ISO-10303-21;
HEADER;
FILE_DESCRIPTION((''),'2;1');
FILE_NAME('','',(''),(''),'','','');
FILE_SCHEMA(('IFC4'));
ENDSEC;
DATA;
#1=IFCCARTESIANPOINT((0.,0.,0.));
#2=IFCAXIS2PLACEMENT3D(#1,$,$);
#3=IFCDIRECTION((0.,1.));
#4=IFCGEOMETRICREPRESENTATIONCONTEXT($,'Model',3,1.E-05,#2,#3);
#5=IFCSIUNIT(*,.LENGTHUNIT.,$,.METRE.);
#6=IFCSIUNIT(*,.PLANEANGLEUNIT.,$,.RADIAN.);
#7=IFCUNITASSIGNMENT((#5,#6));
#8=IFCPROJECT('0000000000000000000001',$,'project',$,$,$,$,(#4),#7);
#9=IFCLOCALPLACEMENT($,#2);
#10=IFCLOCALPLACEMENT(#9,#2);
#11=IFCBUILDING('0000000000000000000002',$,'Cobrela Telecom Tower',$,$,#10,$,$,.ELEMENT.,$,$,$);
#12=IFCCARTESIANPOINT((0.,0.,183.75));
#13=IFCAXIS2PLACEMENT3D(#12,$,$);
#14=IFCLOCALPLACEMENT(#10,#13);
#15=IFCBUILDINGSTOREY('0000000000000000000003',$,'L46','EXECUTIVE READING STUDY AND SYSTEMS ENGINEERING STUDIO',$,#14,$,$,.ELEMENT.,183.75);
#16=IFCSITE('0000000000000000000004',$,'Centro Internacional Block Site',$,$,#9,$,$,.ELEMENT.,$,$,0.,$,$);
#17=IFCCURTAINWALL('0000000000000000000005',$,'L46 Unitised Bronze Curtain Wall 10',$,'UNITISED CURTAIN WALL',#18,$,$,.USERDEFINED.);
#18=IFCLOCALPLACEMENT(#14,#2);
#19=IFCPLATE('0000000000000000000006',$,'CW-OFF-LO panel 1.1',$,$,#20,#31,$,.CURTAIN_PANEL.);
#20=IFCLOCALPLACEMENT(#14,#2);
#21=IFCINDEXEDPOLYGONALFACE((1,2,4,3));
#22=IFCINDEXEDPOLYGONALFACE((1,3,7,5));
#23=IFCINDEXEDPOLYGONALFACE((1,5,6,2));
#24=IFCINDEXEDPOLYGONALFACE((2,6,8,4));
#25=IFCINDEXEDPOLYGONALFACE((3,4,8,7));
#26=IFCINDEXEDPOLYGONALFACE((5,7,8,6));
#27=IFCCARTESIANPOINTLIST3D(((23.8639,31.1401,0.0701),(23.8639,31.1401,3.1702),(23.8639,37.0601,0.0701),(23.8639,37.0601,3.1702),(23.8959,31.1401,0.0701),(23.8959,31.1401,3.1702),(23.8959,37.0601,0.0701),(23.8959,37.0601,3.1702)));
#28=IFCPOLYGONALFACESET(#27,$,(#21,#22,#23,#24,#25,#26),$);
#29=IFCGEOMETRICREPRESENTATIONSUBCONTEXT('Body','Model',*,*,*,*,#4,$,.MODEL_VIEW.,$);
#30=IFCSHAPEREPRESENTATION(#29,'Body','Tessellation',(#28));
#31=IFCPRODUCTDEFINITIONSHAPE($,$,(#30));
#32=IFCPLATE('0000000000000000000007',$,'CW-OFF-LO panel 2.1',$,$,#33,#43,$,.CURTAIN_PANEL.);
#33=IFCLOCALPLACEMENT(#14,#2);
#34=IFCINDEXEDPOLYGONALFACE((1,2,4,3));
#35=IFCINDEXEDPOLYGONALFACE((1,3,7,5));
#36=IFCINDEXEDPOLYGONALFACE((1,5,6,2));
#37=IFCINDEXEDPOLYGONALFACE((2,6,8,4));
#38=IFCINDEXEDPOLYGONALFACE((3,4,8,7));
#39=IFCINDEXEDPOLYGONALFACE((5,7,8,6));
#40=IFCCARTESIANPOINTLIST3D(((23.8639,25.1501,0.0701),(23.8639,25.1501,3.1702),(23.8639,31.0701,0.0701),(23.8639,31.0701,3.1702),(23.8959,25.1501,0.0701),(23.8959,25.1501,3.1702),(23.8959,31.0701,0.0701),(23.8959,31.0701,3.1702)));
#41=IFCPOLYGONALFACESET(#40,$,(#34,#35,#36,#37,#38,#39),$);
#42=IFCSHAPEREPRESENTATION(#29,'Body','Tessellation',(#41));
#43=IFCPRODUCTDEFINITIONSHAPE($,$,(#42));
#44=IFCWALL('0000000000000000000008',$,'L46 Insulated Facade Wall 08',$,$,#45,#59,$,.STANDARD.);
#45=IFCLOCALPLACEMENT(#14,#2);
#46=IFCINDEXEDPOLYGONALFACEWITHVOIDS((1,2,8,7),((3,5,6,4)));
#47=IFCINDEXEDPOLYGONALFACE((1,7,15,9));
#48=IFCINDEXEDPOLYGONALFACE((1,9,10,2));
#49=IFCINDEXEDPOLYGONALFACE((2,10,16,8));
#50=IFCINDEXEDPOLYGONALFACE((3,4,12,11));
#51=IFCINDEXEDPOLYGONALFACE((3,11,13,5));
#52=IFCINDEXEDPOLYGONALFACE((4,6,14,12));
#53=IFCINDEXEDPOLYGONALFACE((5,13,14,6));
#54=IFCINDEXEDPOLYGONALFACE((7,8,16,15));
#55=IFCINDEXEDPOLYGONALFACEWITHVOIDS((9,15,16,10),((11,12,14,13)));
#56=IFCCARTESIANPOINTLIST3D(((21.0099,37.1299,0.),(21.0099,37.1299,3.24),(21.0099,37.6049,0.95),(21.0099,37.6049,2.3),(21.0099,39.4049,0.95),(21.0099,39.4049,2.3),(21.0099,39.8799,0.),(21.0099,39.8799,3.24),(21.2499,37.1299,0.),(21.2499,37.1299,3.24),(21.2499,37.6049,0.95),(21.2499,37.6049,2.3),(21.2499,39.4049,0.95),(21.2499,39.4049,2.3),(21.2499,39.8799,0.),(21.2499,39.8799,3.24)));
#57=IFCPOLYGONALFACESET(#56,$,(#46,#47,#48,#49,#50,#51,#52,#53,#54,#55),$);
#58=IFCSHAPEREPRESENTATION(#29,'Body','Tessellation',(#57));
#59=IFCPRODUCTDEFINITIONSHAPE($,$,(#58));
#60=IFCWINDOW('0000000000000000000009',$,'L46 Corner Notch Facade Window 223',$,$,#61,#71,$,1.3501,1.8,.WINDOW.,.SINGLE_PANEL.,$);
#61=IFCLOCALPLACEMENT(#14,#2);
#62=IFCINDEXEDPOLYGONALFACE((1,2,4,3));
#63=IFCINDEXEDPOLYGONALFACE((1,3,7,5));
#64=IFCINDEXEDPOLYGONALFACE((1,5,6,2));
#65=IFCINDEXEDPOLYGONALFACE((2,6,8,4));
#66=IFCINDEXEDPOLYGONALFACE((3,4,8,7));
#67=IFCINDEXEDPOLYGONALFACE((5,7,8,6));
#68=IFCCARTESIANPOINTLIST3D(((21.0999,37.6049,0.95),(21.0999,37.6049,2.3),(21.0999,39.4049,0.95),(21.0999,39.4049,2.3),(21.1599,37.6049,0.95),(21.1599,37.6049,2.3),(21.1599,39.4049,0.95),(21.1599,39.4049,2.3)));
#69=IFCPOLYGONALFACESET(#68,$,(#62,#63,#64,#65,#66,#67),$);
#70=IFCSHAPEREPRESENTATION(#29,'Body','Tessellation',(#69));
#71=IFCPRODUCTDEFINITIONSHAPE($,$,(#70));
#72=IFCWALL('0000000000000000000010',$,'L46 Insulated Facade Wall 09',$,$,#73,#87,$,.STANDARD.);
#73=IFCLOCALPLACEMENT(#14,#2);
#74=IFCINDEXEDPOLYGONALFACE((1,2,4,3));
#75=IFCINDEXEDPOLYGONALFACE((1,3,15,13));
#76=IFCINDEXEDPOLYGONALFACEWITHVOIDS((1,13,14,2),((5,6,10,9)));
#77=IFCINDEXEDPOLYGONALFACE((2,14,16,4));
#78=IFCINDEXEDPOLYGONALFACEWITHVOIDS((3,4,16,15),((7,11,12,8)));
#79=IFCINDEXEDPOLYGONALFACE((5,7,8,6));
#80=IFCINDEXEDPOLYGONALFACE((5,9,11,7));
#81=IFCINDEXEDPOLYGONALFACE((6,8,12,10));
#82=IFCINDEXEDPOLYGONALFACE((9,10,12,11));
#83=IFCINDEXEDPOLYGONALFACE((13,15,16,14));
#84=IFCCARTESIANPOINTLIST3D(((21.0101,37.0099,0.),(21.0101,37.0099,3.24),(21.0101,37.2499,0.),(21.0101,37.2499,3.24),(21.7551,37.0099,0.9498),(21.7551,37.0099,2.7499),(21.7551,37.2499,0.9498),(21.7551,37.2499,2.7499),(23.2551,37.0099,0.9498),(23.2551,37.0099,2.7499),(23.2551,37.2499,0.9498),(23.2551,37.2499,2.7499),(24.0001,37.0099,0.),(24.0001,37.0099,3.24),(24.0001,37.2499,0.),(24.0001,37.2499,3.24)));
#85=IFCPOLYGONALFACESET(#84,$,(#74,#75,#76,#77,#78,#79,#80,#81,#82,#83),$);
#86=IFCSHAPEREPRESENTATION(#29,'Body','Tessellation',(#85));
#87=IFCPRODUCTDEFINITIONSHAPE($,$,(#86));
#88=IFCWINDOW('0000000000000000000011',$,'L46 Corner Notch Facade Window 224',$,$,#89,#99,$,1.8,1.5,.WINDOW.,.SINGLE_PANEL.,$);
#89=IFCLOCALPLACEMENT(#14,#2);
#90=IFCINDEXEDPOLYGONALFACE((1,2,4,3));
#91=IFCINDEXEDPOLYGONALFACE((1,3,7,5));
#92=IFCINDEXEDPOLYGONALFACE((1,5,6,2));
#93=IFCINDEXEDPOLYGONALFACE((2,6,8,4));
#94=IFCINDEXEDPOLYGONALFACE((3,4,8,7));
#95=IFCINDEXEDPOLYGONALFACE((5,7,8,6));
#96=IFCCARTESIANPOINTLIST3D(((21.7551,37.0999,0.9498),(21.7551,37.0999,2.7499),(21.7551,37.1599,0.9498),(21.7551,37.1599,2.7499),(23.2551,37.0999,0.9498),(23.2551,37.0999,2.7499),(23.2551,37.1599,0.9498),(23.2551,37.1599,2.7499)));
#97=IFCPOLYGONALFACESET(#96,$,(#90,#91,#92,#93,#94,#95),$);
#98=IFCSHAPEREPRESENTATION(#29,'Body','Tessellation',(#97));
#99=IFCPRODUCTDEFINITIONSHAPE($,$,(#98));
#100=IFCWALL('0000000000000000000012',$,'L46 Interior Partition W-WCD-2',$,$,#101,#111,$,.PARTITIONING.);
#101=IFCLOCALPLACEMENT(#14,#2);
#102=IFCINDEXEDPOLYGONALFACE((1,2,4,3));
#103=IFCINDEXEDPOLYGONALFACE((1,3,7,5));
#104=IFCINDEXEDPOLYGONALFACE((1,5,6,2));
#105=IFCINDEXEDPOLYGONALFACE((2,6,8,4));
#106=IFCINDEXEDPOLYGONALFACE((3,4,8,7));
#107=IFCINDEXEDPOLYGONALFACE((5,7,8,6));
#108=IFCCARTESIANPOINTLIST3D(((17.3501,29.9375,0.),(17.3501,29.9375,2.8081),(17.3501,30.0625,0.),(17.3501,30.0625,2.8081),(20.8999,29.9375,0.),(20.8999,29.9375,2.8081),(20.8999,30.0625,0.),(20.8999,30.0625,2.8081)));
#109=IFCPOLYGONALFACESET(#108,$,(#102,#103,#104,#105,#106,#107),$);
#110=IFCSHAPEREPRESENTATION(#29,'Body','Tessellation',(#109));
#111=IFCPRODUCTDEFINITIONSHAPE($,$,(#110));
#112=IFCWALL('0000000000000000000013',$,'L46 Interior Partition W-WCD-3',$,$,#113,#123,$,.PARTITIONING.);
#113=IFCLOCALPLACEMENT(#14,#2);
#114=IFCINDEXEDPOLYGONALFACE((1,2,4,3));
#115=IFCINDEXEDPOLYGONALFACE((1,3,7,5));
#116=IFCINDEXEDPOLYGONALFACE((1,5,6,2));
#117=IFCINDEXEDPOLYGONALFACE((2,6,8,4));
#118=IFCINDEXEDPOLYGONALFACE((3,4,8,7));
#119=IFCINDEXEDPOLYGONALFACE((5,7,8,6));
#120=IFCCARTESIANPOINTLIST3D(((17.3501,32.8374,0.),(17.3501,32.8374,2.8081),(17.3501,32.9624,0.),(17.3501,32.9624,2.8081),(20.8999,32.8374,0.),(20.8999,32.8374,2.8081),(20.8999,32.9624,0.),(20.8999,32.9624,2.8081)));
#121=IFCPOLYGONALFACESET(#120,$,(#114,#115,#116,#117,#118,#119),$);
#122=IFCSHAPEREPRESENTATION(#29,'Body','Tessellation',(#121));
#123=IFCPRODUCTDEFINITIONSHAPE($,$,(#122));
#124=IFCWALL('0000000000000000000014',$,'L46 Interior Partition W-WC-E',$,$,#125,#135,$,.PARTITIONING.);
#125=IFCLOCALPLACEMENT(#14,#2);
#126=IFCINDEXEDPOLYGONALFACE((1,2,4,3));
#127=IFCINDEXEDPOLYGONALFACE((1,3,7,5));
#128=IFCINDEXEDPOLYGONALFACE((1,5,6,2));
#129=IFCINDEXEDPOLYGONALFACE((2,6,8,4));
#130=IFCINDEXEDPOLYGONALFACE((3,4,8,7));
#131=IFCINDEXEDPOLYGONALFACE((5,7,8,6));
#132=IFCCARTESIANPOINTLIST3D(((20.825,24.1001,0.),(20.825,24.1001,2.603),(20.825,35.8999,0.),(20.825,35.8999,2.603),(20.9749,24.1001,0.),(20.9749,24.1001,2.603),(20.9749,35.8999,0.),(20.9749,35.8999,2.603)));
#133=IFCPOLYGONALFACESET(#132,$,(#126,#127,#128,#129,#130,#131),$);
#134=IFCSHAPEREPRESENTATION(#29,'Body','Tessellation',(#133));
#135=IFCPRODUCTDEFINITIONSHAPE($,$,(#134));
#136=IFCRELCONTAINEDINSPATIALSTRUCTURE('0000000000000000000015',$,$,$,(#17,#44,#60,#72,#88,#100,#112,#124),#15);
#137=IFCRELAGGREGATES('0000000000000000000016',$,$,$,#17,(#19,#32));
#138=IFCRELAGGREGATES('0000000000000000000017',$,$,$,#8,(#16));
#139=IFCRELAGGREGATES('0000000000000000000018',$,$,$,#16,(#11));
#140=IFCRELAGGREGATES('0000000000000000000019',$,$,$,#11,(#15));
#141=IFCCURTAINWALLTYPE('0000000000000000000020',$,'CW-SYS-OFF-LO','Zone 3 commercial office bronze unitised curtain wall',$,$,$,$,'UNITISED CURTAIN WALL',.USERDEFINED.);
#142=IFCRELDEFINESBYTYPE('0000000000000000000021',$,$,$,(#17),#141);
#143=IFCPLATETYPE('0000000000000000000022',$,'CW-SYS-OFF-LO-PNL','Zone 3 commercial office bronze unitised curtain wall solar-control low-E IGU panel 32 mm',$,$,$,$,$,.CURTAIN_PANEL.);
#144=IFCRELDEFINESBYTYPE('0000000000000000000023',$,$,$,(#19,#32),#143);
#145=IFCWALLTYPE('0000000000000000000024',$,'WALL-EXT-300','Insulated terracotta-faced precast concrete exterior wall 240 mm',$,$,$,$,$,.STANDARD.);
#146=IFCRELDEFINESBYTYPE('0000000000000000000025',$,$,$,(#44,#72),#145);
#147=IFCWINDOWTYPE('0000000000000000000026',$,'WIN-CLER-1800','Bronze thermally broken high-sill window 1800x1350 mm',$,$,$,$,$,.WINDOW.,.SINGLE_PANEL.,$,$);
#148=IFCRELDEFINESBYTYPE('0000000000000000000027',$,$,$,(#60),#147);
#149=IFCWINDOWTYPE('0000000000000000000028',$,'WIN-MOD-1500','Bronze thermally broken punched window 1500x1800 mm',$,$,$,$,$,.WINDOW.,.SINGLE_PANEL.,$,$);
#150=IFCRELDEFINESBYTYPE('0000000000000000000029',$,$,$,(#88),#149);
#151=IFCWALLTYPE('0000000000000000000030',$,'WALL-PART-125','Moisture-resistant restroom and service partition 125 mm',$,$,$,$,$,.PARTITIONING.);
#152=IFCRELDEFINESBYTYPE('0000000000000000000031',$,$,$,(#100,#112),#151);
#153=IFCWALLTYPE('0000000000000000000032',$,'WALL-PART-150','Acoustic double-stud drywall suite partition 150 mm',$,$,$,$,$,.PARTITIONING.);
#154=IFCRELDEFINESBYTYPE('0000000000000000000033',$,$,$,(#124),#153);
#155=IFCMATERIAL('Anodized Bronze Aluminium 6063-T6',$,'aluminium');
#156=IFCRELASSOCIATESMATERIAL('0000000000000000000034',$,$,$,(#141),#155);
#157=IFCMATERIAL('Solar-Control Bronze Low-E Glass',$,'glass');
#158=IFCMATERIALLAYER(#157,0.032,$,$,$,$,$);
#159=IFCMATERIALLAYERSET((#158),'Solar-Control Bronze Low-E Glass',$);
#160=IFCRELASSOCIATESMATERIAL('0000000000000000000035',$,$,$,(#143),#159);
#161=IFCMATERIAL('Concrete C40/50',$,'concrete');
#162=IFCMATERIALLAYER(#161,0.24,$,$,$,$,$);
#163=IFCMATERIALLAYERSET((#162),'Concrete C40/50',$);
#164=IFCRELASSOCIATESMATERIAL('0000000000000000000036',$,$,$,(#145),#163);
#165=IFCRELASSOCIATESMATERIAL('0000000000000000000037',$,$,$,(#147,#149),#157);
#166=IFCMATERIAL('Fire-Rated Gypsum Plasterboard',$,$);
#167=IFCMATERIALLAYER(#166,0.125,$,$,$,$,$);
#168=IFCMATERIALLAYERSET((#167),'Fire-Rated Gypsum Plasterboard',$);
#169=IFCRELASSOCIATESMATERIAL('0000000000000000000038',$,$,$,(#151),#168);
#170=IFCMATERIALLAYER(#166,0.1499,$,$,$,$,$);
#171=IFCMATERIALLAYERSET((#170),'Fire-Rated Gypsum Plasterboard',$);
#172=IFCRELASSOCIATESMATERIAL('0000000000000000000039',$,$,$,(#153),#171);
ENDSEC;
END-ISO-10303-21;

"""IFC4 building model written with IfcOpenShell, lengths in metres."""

from ifc_helpers import new_model, si_unit, direction, frame, frame_2d, origin, origin_2d, place, context, subcontext, project, spatial, rectangle, extrude, material, layer, layer_set, type_object, element, fill, aggregate, save


model = new_model("IFC4")

# Units and contexts
model_context = context("Model", 3, precision=1e-05, world=origin(), true_north=direction((0.0, 1.0)))
body_context = subcontext(model_context, "Body", "Model", "MODEL_VIEW")
ifc_project = project(units=[si_unit("LENGTHUNIT", "METRE"), si_unit("PLANEANGLEUNIT", "RADIAN")], contexts=[model_context])

# Site, building, storey
site_placement = place(None, origin())
site = spatial("IfcSite", under=ifc_project, at=site_placement, Name="Centro Internacional Block Site", CompositionType="ELEMENT", RefElevation=0.0)
building_placement = place(site_placement, origin())
building = spatial("IfcBuilding", under=site, at=building_placement, Name="Cobrela Telecom Tower", CompositionType="ELEMENT")
storey_placement = place(building_placement, frame((0.0, 0.0, 183.75)))
storey = spatial("IfcBuildingStorey", under=building, at=storey_placement, Name="L46", Description="EXECUTIVE READING STUDY AND SYSTEMS ENGINEERING STUDIO", CompositionType="ELEMENT", Elevation=183.75)

# Shared definitions
ifc_material_1 = material(Name="Anodized Bronze Aluminium 6063-T6", Category="aluminium")
curtain_wall_type = type_object("IfcCurtainWallType", Name="CW-SYS-OFF-LO", Description="Zone 3 commercial office bronze unitised curtain wall", ElementType="UNITISED CURTAIN WALL", PredefinedType="USERDEFINED", material=ifc_material_1)

# Curtain wall
curtain_wall_1_placement = place(storey_placement, origin())
curtain_wall_1 = element("IfcCurtainWall", 1, at=curtain_wall_1_placement, inside=storey, type_object=curtain_wall_type, Name="L46 Unitised Bronze Curtain Wall 10", ObjectType="UNITISED CURTAIN WALL", PredefinedType="USERDEFINED")

# Plates
ifc_material_2 = material(Name="Solar-Control Bronze Low-E Glass", Category="glass")
ifc_layer_1 = layer(ifc_material_2, 0.032)
ifc_layer_set_1 = layer_set([ifc_layer_1], Name="Solar-Control Bronze Low-E Glass")
plate_type = type_object("IfcPlateType", Name="CW-SYS-OFF-LO-PNL", Description="Zone 3 commercial office bronze unitised curtain wall solar-control low-E IGU panel 32 mm", PredefinedType="CURTAIN_PANEL", material=ifc_layer_set_1)
plate_1_placement = place(storey_placement, frame((23.8799, 34.1001, 0.0701), z_axis=(0.0, 0.0, 1.0), x_axis=(0.0, -1.0, 0.0)))
plate_1 = element("IfcPlate", 2, at=plate_1_placement, type_object=plate_type, Name="CW-OFF-LO panel 1.1", PredefinedType="CURTAIN_PANEL", context=body_context, shape_type="SweptSolid", body=[
    extrude(rectangle(XDim=5.9199, YDim=0.032, at=origin_2d()), origin(), (0.0, 0.0, 1.0), 3.1001),
])
plate_2_placement = place(storey_placement, frame((23.8799, 28.1101, 0.0701), z_axis=(0.0, 0.0, 1.0), x_axis=(0.0, -1.0, 0.0)))
plate_2 = element("IfcPlate", 3, at=plate_2_placement, type_object=plate_type, Name="CW-OFF-LO panel 2.1", PredefinedType="CURTAIN_PANEL", context=body_context, shape_type="SweptSolid", body=[
    extrude(rectangle(XDim=5.9199, YDim=0.032, at=origin_2d()), origin(), (0.0, 0.0, 1.0), 3.1001),
])
aggregate(curtain_wall_1, [plate_1, plate_2])

# Walls, openings, windows
ifc_material_3 = material(Name="Concrete C40/50", Category="concrete")
ifc_layer_2 = layer(ifc_material_3, 0.24)
ifc_layer_set_2 = layer_set([ifc_layer_2], Name="Concrete C40/50")
wall_type_1 = type_object("IfcWallType", Name="WALL-EXT-300", Description="Insulated terracotta-faced precast concrete exterior wall 240 mm", PredefinedType="STANDARD", material=ifc_layer_set_2)
wall_1_placement = place(storey_placement, frame((21.1299, 39.8799, 0.0), z_axis=(0.0, 0.0, 1.0), x_axis=(0.0, -1.0, 0.0)))
wall_1 = element("IfcWall", 4, at=wall_1_placement, inside=storey, type_object=wall_type_1, Name="L46 Insulated Facade Wall 08", PredefinedType="STANDARD", context=body_context, shape_type="SweptSolid", body=[
    extrude(rectangle(XDim=2.75, YDim=0.24, at=frame_2d((1.375, 0.0))), origin(), (0.0, 0.0, 1.0), 3.24),
])
opening_1_placement = place(wall_1_placement, frame((0.4751, 0.0, 0.95)))
opening_1 = element("IfcOpeningElement", 5, at=opening_1_placement, cuts=wall_1, PredefinedType="OPENING", context=body_context, shape_type="SweptSolid", body=[
    extrude(rectangle(XDim=1.8, YDim=1.3501, at=frame_2d((0.8999, 0.675))), frame((0.0, 0.1318, 0.0), z_axis=(0.0, -1.0, 0.0), x_axis=(1.0, 0.0, 0.0)), (0.0, 0.0, 1.0), 0.2639),
])
window_type_1 = type_object("IfcWindowType", Name="WIN-CLER-1800", Description="Bronze thermally broken high-sill window 1800x1350 mm", PartitioningType="SINGLE_PANEL", PredefinedType="WINDOW", material=ifc_material_2)
window_1_placement = place(opening_1_placement, origin())
window_1 = element("IfcWindow", 6, at=window_1_placement, inside=storey, type_object=window_type_1, Name="L46 Corner Notch Facade Window 223", OverallHeight=1.3501, OverallWidth=1.8, PartitioningType="SINGLE_PANEL", PredefinedType="WINDOW", context=body_context, shape_type="SweptSolid", body=[
    extrude(rectangle(XDim=1.8, YDim=1.3501, at=frame_2d((0.8999, 0.675))), frame((0.0, 0.03, 0.0), z_axis=(0.0, -1.0, 0.0), x_axis=(1.0, 0.0, 0.0)), (0.0, 0.0, 1.0), 0.0601),
])
fill(opening_1, window_1)
wall_2_placement = place(storey_placement, frame((21.01, 37.1299, 0.0), z_axis=(0.0, 0.0, 1.0), x_axis=(1.0, 0.0, 0.0)))
wall_2 = element("IfcWall", 7, at=wall_2_placement, inside=storey, type_object=wall_type_1, Name="L46 Insulated Facade Wall 09", PredefinedType="STANDARD", context=body_context, shape_type="SweptSolid", body=[
    extrude(rectangle(XDim=2.99, YDim=0.24, at=frame_2d((1.4951, 0.0))), origin(), (0.0, 0.0, 1.0), 3.24),
])
opening_2_placement = place(wall_2_placement, frame((0.7451, 0.0, 0.95)))
opening_2 = element("IfcOpeningElement", 8, at=opening_2_placement, cuts=wall_2, PredefinedType="OPENING", context=body_context, shape_type="SweptSolid", body=[
    extrude(rectangle(XDim=1.5, YDim=1.8, at=frame_2d((0.75, 0.8999))), frame((0.0, 0.1318, 0.0), z_axis=(0.0, -1.0, 0.0), x_axis=(1.0, 0.0, 0.0)), (0.0, 0.0, 1.0), 0.2639),
])
window_type_2 = type_object("IfcWindowType", Name="WIN-MOD-1500", Description="Bronze thermally broken punched window 1500x1800 mm", PartitioningType="SINGLE_PANEL", PredefinedType="WINDOW", material=ifc_material_2)
window_2_placement = place(opening_2_placement, origin())
window_2 = element("IfcWindow", 9, at=window_2_placement, inside=storey, type_object=window_type_2, Name="L46 Corner Notch Facade Window 224", OverallHeight=1.8, OverallWidth=1.5, PartitioningType="SINGLE_PANEL", PredefinedType="WINDOW", context=body_context, shape_type="SweptSolid", body=[
    extrude(rectangle(XDim=1.5, YDim=1.8, at=frame_2d((0.75, 0.8999))), frame((0.0, 0.03, 0.0), z_axis=(0.0, -1.0, 0.0), x_axis=(1.0, 0.0, 0.0)), (0.0, 0.0, 1.0), 0.0601),
])
fill(opening_2, window_2)

# Walls
ifc_material_4 = material(Name="Fire-Rated Gypsum Plasterboard")
ifc_layer_3 = layer(ifc_material_4, 0.125)
ifc_layer_set_3 = layer_set([ifc_layer_3], Name="Fire-Rated Gypsum Plasterboard")
wall_type_2 = type_object("IfcWallType", Name="WALL-PART-125", Description="Moisture-resistant restroom and service partition 125 mm", PredefinedType="PARTITIONING", material=ifc_layer_set_3)
for number, where, z_axis, x_axis, name in (
    (10, (17.3501, 30.0, 0.0), (0.0, 0.0, 1.0), (1.0, 0.0, 0.0), "L46 Interior Partition W-WCD-2"),
    (11, (17.3501, 32.8999, 0.0), (0.0, 0.0, 1.0), (1.0, 0.0, 0.0), "L46 Interior Partition W-WCD-3"),
):
    element("IfcWall", number, at=place(storey_placement, frame(where, z_axis=z_axis, x_axis=x_axis)), inside=storey, type_object=wall_type_2, Name=name, PredefinedType="PARTITIONING", context=body_context, shape_type="SweptSolid", body=[
        extrude(rectangle(XDim=3.5498, YDim=0.125, at=frame_2d((1.7749, 0.0))), origin(), (0.0, 0.0, 1.0), 2.8081),
    ])
ifc_layer_4 = layer(ifc_material_4, 0.1499)
ifc_layer_set_4 = layer_set([ifc_layer_4], Name="Fire-Rated Gypsum Plasterboard")
wall_type_3 = type_object("IfcWallType", Name="WALL-PART-150", Description="Acoustic double-stud drywall suite partition 150 mm", PredefinedType="PARTITIONING", material=ifc_layer_set_4)
wall_3_placement = place(storey_placement, frame((20.8999, 24.1001, 0.0), z_axis=(0.0, 0.0, 1.0), x_axis=(0.0, 1.0, 0.0)))
element("IfcWall", 12, at=wall_3_placement, inside=storey, type_object=wall_type_3, Name="L46 Interior Partition W-WC-E", PredefinedType="PARTITIONING", context=body_context, shape_type="SweptSolid", body=[
    extrude(rectangle(XDim=11.7998, YDim=0.1499, at=frame_2d((5.8999, 0.0))), origin(), (0.0, 0.0, 1.0), 2.603),
])

save(model, "model.ifc")
